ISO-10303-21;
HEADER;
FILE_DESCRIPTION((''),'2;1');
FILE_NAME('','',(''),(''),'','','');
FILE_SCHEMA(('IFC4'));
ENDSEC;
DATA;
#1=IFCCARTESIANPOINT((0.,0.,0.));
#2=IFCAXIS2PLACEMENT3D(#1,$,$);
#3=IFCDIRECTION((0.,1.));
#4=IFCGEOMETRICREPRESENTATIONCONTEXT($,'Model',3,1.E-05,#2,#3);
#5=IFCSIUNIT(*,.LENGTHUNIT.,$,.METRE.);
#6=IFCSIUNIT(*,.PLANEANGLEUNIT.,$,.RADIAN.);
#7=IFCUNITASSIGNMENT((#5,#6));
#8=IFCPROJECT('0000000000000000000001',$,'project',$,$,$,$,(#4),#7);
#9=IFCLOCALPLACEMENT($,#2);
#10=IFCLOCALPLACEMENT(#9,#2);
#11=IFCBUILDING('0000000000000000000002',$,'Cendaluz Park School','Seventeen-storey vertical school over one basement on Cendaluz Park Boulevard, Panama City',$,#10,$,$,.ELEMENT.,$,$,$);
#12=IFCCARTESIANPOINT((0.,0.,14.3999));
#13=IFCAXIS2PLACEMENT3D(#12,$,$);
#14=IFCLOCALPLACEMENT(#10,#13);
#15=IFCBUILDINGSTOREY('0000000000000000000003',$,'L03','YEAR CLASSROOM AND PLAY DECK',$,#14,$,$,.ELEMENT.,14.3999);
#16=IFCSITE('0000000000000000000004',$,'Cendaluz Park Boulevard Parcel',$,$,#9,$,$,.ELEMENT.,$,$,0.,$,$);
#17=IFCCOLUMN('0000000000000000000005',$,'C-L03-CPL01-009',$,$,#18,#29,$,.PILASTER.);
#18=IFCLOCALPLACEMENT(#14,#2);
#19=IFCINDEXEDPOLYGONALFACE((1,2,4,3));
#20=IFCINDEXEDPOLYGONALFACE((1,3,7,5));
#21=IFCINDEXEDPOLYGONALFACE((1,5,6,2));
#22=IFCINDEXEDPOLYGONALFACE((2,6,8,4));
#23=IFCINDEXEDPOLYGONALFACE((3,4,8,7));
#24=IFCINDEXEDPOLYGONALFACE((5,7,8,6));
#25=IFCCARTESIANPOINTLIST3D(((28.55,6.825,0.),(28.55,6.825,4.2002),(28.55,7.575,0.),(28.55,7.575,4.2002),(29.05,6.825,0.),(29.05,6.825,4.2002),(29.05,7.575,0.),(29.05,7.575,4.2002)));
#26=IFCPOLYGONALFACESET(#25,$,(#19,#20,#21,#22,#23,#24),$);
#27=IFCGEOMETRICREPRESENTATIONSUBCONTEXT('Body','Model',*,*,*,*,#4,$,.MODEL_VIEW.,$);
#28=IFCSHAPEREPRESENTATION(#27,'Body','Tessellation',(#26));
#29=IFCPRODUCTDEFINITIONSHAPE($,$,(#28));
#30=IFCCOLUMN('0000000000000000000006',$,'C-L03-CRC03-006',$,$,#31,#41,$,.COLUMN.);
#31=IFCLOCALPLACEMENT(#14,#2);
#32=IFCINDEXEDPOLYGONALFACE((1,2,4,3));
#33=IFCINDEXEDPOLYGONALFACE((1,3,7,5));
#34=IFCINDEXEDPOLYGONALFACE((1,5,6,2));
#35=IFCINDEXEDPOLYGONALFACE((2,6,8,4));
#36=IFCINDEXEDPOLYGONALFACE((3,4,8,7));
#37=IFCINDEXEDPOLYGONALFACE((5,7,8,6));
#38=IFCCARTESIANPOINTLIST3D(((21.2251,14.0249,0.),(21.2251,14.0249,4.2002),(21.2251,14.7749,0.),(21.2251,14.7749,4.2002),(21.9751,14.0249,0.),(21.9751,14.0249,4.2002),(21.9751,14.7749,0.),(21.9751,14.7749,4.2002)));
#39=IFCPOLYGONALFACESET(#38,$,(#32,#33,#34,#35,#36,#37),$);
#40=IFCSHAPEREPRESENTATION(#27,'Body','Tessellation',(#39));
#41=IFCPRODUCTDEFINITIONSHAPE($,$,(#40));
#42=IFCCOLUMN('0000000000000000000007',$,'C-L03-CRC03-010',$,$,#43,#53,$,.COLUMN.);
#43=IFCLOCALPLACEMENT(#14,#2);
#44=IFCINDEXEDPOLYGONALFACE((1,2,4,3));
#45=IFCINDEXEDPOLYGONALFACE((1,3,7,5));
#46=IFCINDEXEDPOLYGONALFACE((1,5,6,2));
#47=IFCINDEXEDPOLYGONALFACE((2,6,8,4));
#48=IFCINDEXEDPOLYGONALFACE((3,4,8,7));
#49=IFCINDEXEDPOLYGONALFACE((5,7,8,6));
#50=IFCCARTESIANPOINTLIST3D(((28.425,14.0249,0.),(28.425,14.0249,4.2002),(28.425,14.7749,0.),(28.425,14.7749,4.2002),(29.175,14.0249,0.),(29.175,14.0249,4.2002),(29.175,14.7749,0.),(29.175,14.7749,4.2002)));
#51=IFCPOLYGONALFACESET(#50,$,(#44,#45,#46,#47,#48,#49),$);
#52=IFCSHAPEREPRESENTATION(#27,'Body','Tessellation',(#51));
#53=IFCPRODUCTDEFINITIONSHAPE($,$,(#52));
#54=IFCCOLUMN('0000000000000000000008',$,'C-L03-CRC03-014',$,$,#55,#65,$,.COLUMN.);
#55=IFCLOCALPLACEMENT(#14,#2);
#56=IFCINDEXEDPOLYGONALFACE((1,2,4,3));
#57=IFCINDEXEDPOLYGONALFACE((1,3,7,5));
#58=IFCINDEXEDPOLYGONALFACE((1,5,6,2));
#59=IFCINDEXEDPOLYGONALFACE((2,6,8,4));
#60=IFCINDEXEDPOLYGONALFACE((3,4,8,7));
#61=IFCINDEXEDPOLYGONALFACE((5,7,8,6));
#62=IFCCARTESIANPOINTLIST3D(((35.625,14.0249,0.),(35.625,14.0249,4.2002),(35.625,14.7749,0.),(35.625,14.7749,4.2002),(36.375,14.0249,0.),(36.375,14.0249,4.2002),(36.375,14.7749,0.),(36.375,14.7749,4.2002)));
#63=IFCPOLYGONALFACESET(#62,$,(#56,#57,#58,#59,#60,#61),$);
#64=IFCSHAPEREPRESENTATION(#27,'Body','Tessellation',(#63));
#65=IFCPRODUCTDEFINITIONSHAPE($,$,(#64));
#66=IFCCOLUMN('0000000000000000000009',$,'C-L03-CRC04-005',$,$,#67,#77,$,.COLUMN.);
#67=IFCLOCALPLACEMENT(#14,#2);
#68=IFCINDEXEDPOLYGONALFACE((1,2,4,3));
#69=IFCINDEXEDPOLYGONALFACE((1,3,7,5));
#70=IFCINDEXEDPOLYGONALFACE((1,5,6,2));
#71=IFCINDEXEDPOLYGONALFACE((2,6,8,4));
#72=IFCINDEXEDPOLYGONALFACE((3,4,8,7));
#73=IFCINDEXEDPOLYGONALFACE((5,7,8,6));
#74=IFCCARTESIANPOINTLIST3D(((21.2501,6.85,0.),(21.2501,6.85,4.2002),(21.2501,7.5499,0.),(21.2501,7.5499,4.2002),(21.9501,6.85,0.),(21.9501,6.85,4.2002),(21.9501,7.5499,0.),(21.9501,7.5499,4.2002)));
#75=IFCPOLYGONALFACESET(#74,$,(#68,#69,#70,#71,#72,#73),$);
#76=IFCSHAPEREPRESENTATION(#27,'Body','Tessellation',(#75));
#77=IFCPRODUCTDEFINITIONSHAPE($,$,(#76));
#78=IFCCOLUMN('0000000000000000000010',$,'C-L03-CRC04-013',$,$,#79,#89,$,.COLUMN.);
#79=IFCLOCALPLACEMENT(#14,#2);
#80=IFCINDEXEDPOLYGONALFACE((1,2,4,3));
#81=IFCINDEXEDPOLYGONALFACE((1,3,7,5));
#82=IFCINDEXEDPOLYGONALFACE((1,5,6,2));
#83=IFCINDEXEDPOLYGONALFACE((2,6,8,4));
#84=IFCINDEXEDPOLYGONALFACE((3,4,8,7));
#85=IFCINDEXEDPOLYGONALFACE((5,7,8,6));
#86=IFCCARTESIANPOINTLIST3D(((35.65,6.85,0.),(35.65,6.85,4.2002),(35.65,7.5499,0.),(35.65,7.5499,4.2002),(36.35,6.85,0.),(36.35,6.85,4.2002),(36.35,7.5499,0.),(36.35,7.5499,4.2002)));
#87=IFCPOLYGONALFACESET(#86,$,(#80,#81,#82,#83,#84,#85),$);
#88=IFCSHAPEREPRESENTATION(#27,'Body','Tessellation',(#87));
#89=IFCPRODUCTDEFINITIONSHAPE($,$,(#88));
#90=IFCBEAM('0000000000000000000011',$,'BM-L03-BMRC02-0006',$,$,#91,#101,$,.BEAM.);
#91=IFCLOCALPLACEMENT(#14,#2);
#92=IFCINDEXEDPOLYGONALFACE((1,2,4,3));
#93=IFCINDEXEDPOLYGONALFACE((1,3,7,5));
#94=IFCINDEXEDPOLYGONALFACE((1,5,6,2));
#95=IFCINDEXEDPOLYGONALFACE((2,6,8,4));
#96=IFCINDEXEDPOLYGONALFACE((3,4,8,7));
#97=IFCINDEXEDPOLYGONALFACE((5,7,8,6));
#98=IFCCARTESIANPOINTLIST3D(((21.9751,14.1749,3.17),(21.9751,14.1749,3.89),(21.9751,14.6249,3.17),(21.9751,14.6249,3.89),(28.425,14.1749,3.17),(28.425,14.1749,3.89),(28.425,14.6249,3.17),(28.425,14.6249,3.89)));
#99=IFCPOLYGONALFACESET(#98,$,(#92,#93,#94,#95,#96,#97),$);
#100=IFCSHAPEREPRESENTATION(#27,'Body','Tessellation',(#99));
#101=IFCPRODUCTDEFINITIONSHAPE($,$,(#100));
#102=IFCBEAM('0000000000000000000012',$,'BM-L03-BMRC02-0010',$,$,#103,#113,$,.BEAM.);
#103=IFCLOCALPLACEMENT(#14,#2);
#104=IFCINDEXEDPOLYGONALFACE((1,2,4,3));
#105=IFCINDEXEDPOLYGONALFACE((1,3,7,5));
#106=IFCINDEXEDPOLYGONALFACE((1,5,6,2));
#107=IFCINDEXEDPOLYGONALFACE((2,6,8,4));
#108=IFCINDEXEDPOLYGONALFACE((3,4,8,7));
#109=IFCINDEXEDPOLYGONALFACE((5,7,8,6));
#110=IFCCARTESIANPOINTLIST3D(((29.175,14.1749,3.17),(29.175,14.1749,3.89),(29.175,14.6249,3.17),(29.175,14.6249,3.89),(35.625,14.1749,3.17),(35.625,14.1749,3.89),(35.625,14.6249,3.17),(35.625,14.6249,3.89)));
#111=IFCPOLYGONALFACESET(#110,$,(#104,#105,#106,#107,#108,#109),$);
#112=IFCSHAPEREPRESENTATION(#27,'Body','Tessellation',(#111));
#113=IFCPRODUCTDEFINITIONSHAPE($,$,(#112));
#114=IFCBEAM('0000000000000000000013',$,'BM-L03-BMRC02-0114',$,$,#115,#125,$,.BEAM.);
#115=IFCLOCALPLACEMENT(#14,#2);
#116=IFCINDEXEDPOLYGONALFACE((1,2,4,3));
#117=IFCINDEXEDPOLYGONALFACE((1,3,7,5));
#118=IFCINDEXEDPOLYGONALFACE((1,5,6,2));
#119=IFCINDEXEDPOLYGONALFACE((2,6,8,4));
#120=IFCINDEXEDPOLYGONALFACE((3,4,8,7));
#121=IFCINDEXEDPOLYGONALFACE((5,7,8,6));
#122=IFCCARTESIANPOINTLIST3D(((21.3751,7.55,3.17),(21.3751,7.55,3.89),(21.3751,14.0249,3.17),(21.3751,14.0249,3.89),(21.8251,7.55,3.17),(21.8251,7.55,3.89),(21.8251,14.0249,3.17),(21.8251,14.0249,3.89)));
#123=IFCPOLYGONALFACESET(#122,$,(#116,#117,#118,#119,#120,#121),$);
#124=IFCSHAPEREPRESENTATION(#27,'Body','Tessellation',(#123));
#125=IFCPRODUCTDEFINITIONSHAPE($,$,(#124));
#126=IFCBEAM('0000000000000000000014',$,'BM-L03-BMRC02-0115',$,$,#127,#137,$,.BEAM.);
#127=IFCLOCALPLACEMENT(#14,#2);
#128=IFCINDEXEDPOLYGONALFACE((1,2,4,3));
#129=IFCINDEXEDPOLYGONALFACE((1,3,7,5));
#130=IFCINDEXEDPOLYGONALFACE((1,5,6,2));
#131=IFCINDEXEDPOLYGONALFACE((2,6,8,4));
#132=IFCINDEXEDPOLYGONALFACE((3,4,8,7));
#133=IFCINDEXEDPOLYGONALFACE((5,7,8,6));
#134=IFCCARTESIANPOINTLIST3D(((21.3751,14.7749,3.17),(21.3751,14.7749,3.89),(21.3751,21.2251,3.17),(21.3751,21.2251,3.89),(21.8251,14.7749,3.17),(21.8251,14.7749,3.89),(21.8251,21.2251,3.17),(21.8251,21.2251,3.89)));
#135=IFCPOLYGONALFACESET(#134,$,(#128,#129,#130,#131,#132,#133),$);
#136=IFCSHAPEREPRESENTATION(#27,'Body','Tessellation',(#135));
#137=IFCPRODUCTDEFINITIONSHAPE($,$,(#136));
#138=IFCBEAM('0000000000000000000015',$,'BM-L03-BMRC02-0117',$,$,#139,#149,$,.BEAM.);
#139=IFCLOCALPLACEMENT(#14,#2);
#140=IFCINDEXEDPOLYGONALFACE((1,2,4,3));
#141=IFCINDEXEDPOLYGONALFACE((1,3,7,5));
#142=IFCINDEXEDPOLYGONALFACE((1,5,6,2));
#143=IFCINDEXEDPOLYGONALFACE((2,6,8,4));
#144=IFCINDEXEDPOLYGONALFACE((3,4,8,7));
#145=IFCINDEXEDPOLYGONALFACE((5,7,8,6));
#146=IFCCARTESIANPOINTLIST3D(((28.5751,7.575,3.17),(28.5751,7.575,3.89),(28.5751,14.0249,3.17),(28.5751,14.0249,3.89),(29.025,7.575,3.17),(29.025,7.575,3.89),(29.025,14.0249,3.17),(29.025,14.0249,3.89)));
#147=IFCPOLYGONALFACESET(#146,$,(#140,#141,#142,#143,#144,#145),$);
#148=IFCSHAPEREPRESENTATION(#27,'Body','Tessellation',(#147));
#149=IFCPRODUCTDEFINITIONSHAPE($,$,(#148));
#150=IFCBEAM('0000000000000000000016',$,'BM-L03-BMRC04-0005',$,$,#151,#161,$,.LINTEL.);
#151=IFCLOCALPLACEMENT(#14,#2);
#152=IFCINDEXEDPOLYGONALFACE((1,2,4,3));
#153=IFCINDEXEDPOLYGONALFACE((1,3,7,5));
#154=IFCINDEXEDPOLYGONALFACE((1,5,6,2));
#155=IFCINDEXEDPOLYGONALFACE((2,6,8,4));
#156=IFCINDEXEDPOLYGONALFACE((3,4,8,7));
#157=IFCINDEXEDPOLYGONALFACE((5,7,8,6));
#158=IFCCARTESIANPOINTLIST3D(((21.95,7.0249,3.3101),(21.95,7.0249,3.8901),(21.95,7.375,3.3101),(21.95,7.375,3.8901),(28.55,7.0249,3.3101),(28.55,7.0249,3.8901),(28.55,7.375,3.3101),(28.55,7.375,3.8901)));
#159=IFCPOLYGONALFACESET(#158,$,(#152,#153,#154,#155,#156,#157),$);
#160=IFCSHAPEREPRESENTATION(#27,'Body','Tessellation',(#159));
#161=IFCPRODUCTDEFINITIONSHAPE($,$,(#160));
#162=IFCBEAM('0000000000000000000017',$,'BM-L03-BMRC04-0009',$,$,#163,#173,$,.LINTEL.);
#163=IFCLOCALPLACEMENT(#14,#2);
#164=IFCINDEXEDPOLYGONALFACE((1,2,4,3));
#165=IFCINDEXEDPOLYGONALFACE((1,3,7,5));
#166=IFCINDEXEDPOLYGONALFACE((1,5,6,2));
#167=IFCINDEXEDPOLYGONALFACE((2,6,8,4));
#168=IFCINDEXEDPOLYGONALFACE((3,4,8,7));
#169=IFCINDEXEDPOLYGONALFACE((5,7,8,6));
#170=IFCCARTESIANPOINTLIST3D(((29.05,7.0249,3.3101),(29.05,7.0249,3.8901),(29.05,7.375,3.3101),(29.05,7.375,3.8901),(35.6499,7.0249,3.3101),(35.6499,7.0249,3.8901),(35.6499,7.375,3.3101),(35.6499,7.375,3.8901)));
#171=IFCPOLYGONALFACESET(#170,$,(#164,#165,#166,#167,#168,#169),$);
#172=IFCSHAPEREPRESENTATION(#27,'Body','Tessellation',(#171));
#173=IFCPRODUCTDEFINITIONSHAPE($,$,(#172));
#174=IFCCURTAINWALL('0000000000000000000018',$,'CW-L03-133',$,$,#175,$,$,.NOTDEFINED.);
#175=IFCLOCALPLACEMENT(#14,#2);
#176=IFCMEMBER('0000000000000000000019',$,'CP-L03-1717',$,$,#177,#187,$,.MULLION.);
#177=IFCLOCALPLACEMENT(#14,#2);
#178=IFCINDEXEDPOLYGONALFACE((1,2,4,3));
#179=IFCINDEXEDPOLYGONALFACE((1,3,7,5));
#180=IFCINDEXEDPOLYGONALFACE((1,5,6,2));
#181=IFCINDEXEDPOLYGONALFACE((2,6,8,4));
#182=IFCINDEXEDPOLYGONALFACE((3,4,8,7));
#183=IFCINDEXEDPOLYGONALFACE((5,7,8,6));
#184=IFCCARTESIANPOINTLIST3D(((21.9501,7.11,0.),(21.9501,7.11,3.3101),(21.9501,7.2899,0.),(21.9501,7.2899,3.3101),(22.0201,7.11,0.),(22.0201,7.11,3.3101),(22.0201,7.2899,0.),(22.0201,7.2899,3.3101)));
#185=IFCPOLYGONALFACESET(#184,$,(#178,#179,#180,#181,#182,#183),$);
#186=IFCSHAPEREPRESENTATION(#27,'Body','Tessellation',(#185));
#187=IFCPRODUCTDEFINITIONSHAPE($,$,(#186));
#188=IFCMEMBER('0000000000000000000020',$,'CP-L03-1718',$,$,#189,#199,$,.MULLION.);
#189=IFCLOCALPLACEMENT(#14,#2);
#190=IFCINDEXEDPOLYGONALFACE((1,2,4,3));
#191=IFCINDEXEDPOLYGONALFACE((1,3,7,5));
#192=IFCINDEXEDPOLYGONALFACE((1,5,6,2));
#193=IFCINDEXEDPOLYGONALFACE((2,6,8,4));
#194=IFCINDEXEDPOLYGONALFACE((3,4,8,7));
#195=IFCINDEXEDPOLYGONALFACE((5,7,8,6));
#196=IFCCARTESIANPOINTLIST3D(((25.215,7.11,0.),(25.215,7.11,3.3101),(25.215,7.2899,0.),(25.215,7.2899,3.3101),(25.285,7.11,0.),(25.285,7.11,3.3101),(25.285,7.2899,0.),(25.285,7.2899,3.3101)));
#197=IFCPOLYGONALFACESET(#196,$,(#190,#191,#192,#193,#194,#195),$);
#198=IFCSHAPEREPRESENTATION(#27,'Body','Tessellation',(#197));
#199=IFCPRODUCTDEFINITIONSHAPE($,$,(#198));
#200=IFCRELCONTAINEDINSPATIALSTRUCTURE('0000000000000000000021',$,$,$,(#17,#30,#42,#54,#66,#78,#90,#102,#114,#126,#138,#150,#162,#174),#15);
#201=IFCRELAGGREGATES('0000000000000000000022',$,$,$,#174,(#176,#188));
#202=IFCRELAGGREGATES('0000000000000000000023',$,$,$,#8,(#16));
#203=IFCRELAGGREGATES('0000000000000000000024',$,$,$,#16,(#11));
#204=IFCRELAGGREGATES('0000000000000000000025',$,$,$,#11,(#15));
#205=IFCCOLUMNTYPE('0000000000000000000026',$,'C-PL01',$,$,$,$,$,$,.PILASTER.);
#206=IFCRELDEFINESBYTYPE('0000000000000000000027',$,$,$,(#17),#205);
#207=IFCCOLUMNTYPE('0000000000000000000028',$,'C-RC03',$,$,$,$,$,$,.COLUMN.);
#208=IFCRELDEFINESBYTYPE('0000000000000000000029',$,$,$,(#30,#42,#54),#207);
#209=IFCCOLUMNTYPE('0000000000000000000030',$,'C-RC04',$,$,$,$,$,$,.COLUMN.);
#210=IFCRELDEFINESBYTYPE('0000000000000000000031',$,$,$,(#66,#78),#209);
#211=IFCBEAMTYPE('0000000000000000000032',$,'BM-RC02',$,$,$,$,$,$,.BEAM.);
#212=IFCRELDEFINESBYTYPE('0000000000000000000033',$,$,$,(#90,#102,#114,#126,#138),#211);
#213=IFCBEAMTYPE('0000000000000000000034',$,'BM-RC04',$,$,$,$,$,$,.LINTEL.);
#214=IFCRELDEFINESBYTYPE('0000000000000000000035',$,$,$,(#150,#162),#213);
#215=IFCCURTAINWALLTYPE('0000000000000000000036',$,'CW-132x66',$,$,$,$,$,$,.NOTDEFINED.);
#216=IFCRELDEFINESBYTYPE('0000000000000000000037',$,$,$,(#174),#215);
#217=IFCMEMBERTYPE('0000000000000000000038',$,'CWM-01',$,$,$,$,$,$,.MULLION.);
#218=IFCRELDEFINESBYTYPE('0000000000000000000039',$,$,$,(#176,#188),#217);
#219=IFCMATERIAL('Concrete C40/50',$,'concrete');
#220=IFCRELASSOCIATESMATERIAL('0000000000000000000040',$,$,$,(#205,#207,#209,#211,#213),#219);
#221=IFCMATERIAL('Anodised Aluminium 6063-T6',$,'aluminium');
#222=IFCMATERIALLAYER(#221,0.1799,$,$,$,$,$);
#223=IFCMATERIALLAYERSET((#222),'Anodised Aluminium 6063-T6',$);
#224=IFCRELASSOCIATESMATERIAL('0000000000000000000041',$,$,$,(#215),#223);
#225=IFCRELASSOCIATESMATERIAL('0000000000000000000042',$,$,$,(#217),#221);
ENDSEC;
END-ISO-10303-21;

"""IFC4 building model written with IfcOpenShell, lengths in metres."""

from ifc_helpers import new_model, si_unit, direction, frame, origin, origin_2d, place, context, subcontext, project, spatial, rectangle, extrude, material, layer, layer_set, material_profile, profile_set, type_object, element, aggregate, save


model = new_model("IFC4")

# Units and contexts
model_context = context("Model", 3, precision=1e-05, world=origin(), true_north=direction((0.0, 1.0)))
body_context = subcontext(model_context, "Body", "Model", "MODEL_VIEW")
ifc_project = project(units=[si_unit("LENGTHUNIT", "METRE"), si_unit("PLANEANGLEUNIT", "RADIAN")], contexts=[model_context])

# Site, building, storey
site_placement = place(None, origin())
site = spatial("IfcSite", under=ifc_project, at=site_placement, Name="Cendaluz Park Boulevard Parcel", CompositionType="ELEMENT", RefElevation=0.0)
building_placement = place(site_placement, origin())
building = spatial("IfcBuilding", under=site, at=building_placement, Name="Cendaluz Park School", Description="Seventeen-storey vertical school over one basement on Cendaluz Park Boulevard, Panama City", CompositionType="ELEMENT")
storey_placement = place(building_placement, frame((0.0, 0.0, 14.3999)))
storey = spatial("IfcBuildingStorey", under=building, at=storey_placement, Name="L03", Description="YEAR CLASSROOM AND PLAY DECK", CompositionType="ELEMENT", Elevation=14.3999)

# Columns
ifc_material_1 = material(Name="Concrete C40/50", Category="concrete")
ifc_material_profile_1 = material_profile(ifc_material_1, rectangle(XDim=0.5, YDim=0.75, at=origin_2d()), Name="RC 500x750", Category="concrete")
ifc_profile_set_1 = profile_set([ifc_material_profile_1], Name="Concrete C40/50")
column_type_1 = type_object("IfcColumnType", Name="C-PL01", PredefinedType="PILASTER", material=ifc_profile_set_1)
column_placement = place(storey_placement, frame((28.8, 7.2, 0.0), z_axis=(0.0, 0.0, 1.0), x_axis=(1.0, 0.0, 0.0)))
element("IfcColumn", 1, at=column_placement, inside=storey, type_object=column_type_1, Name="C-L03-CPL01-009", PredefinedType="PILASTER", context=body_context, shape_type="SweptSolid", body=[
    extrude(rectangle(XDim=0.5, YDim=0.75, at=origin_2d()), origin(), (0.0, 0.0, 1.0), 4.2002),
])
ifc_material_profile_2 = material_profile(ifc_material_1, rectangle(XDim=0.75, YDim=0.75, at=origin_2d()), Name="RC 750x750", Category="concrete")
ifc_profile_set_2 = profile_set([ifc_material_profile_2], Name="Concrete C40/50")
column_type_2 = type_object("IfcColumnType", Name="C-RC03", PredefinedType="COLUMN", material=ifc_profile_set_2)
for number, where, z_axis, x_axis, name in (
    (2, (21.6001, 14.3999, 0.0), (0.0, 0.0, 1.0), (1.0, 0.0, 0.0), "C-L03-CRC03-006"),
    (3, (28.8, 14.3999, 0.0), (0.0, 0.0, 1.0), (1.0, 0.0, 0.0), "C-L03-CRC03-010"),
    (4, (36.0, 14.3999, 0.0), (0.0, 0.0, 1.0), (1.0, 0.0, 0.0), "C-L03-CRC03-014"),
):
    element("IfcColumn", number, at=place(storey_placement, frame(where, z_axis=z_axis, x_axis=x_axis)), inside=storey, type_object=column_type_2, Name=name, PredefinedType="COLUMN", context=body_context, shape_type="SweptSolid", body=[
        extrude(rectangle(XDim=0.75, YDim=0.75, at=origin_2d()), origin(), (0.0, 0.0, 1.0), 4.2002),
    ])
ifc_material_profile_3 = material_profile(ifc_material_1, rectangle(XDim=0.7, YDim=0.7, at=origin_2d()), Name="RC 700x700", Category="concrete")
ifc_profile_set_3 = profile_set([ifc_material_profile_3], Name="Concrete C40/50")
column_type_3 = type_object("IfcColumnType", Name="C-RC04", PredefinedType="COLUMN", material=ifc_profile_set_3)
for number, where, z_axis, x_axis, name in (
    (5, (21.6001, 7.2, 0.0), (0.0, 0.0, 1.0), (1.0, 0.0, 0.0), "C-L03-CRC04-005"),
    (6, (36.0, 7.2, 0.0), (0.0, 0.0, 1.0), (1.0, 0.0, 0.0), "C-L03-CRC04-013"),
):
    element("IfcColumn", number, at=place(storey_placement, frame(where, z_axis=z_axis, x_axis=x_axis)), inside=storey, type_object=column_type_3, Name=name, PredefinedType="COLUMN", context=body_context, shape_type="SweptSolid", body=[
        extrude(rectangle(XDim=0.7, YDim=0.7, at=origin_2d()), origin(), (0.0, 0.0, 1.0), 4.2002),
    ])

# Beams
ifc_material_profile_4 = material_profile(ifc_material_1, rectangle(XDim=0.45, YDim=0.72, at=origin_2d()), Name="RC 450x720", Category="concrete")
ifc_profile_set_4 = profile_set([ifc_material_profile_4], Name="Concrete C40/50")
beam_type_1 = type_object("IfcBeamType", Name="BM-RC02", PredefinedType="BEAM", material=ifc_profile_set_4)
for number, where, z_axis, x_axis, name in (
    (7, (21.9751, 14.3999, 3.53), (1.0, 0.0, 0.0), (0.0, 1.0, 0.0), "BM-L03-BMRC02-0006"),
    (8, (29.175, 14.3999, 3.53), (1.0, 0.0, 0.0), (0.0, 1.0, 0.0), "BM-L03-BMRC02-0010"),
):
    element("IfcBeam", number, at=place(storey_placement, frame(where, z_axis=z_axis, x_axis=x_axis)), inside=storey, type_object=beam_type_1, Name=name, PredefinedType="BEAM", context=body_context, shape_type="SweptSolid", body=[
        extrude(rectangle(XDim=0.45, YDim=0.72, at=origin_2d()), origin(), (0.0, 0.0, 1.0), 6.45),
    ])
beam_1_placement = place(storey_placement, frame((21.6001, 7.55, 3.53), z_axis=(0.0, 1.0, 0.0), x_axis=(-1.0, 0.0, 0.0)))
element("IfcBeam", 9, at=beam_1_placement, inside=storey, type_object=beam_type_1, Name="BM-L03-BMRC02-0114", PredefinedType="BEAM", context=body_context, shape_type="SweptSolid", body=[
    extrude(rectangle(XDim=0.45, YDim=0.72, at=origin_2d()), origin(), (0.0, 0.0, 1.0), 6.4749),
])
beam_2_placement = place(storey_placement, frame((21.6001, 14.7749, 3.53), z_axis=(0.0, 1.0, 0.0), x_axis=(-1.0, 0.0, 0.0)))
element("IfcBeam", 10, at=beam_2_placement, inside=storey, type_object=beam_type_1, Name="BM-L03-BMRC02-0115", PredefinedType="BEAM", context=body_context, shape_type="SweptSolid", body=[
    extrude(rectangle(XDim=0.45, YDim=0.72, at=origin_2d()), origin(), (0.0, 0.0, 1.0), 6.4502),
])
beam_3_placement = place(storey_placement, frame((28.8, 7.575, 3.53), z_axis=(0.0, 1.0, 0.0), x_axis=(-1.0, 0.0, 0.0)))
element("IfcBeam", 11, at=beam_3_placement, inside=storey, type_object=beam_type_1, Name="BM-L03-BMRC02-0117", PredefinedType="BEAM", context=body_context, shape_type="SweptSolid", body=[
    extrude(rectangle(XDim=0.45, YDim=0.72, at=origin_2d()), origin(), (0.0, 0.0, 1.0), 6.45),
])
ifc_material_profile_5 = material_profile(ifc_material_1, rectangle(XDim=0.3501, YDim=0.5801, at=origin_2d()), Name="RC 350x580", Category="concrete")
ifc_profile_set_5 = profile_set([ifc_material_profile_5], Name="Concrete C40/50")
beam_type_2 = type_object("IfcBeamType", Name="BM-RC04", PredefinedType="LINTEL", material=ifc_profile_set_5)
beam_4_placement = place(storey_placement, frame((21.95, 7.2, 3.6001), z_axis=(1.0, 0.0, 0.0), x_axis=(0.0, 1.0, 0.0)))
element("IfcBeam", 12, at=beam_4_placement, inside=storey, type_object=beam_type_2, Name="BM-L03-BMRC04-0005", PredefinedType="LINTEL", context=body_context, shape_type="SweptSolid", body=[
    extrude(rectangle(XDim=0.3501, YDim=0.5801, at=origin_2d()), origin(), (0.0, 0.0, 1.0), 6.6001),
])
beam_5_placement = place(storey_placement, frame((29.05, 7.2, 3.6001), z_axis=(1.0, 0.0, 0.0), x_axis=(0.0, 1.0, 0.0)))
element("IfcBeam", 13, at=beam_5_placement, inside=storey, type_object=beam_type_2, Name="BM-L03-BMRC04-0009", PredefinedType="LINTEL", context=body_context, shape_type="SweptSolid", body=[
    extrude(rectangle(XDim=0.3501, YDim=0.5801, at=origin_2d()), origin(), (0.0, 0.0, 1.0), 6.5999),
])

# Curtain wall, members
ifc_material_2 = material(Name="Anodised Aluminium 6063-T6", Category="aluminium")
ifc_layer_1 = layer(ifc_material_2, 0.1799)
ifc_layer_set_1 = layer_set([ifc_layer_1], Name="Anodised Aluminium 6063-T6")
curtain_wall_type = type_object("IfcCurtainWallType", Name="CW-132x66", PredefinedType="NOTDEFINED", material=ifc_layer_set_1)
curtain_wall_placement = place(storey_placement, origin())
curtain_wall = element("IfcCurtainWall", 14, at=curtain_wall_placement, inside=storey, type_object=curtain_wall_type, Name="CW-L03-133", PredefinedType="NOTDEFINED")
ifc_material_profile_6 = material_profile(ifc_material_2, rectangle(XDim=0.1799, YDim=0.0701, at=origin_2d()), Name="CWM 180x70", Category="aluminium")
ifc_profile_set_6 = profile_set([ifc_material_profile_6], Name="Anodised Aluminium 6063-T6")
member_type_1 = type_object("IfcMemberType", Name="CWM-01", PredefinedType="MULLION", material=ifc_profile_set_6)
member_1_placement = place(storey_placement, frame((21.9851, 7.2, 0.0), z_axis=(0.0, 0.0, 1.0), x_axis=(0.0, 1.0, 0.0)))
member_1 = element("IfcMember", 15, at=member_1_placement, type_object=member_type_1, Name="CP-L03-1717", PredefinedType="MULLION", context=body_context, shape_type="SweptSolid", body=[
    extrude(rectangle(XDim=0.1799, YDim=0.0701, at=origin_2d()), origin(), (0.0, 0.0, 1.0), 3.3101),
])
member_2_placement = place(storey_placement, frame((25.25, 7.2, 0.0), z_axis=(0.0, 0.0, 1.0), x_axis=(0.0, 1.0, 0.0)))
member_2 = element("IfcMember", 16, at=member_2_placement, type_object=member_type_1, Name="CP-L03-1718", PredefinedType="MULLION", context=body_context, shape_type="SweptSolid", body=[
    extrude(rectangle(XDim=0.1799, YDim=0.0701, at=origin_2d()), origin(), (0.0, 0.0, 1.0), 3.3101),
])
aggregate(curtain_wall, [member_1, member_2])

save(model, "model.ifc")
